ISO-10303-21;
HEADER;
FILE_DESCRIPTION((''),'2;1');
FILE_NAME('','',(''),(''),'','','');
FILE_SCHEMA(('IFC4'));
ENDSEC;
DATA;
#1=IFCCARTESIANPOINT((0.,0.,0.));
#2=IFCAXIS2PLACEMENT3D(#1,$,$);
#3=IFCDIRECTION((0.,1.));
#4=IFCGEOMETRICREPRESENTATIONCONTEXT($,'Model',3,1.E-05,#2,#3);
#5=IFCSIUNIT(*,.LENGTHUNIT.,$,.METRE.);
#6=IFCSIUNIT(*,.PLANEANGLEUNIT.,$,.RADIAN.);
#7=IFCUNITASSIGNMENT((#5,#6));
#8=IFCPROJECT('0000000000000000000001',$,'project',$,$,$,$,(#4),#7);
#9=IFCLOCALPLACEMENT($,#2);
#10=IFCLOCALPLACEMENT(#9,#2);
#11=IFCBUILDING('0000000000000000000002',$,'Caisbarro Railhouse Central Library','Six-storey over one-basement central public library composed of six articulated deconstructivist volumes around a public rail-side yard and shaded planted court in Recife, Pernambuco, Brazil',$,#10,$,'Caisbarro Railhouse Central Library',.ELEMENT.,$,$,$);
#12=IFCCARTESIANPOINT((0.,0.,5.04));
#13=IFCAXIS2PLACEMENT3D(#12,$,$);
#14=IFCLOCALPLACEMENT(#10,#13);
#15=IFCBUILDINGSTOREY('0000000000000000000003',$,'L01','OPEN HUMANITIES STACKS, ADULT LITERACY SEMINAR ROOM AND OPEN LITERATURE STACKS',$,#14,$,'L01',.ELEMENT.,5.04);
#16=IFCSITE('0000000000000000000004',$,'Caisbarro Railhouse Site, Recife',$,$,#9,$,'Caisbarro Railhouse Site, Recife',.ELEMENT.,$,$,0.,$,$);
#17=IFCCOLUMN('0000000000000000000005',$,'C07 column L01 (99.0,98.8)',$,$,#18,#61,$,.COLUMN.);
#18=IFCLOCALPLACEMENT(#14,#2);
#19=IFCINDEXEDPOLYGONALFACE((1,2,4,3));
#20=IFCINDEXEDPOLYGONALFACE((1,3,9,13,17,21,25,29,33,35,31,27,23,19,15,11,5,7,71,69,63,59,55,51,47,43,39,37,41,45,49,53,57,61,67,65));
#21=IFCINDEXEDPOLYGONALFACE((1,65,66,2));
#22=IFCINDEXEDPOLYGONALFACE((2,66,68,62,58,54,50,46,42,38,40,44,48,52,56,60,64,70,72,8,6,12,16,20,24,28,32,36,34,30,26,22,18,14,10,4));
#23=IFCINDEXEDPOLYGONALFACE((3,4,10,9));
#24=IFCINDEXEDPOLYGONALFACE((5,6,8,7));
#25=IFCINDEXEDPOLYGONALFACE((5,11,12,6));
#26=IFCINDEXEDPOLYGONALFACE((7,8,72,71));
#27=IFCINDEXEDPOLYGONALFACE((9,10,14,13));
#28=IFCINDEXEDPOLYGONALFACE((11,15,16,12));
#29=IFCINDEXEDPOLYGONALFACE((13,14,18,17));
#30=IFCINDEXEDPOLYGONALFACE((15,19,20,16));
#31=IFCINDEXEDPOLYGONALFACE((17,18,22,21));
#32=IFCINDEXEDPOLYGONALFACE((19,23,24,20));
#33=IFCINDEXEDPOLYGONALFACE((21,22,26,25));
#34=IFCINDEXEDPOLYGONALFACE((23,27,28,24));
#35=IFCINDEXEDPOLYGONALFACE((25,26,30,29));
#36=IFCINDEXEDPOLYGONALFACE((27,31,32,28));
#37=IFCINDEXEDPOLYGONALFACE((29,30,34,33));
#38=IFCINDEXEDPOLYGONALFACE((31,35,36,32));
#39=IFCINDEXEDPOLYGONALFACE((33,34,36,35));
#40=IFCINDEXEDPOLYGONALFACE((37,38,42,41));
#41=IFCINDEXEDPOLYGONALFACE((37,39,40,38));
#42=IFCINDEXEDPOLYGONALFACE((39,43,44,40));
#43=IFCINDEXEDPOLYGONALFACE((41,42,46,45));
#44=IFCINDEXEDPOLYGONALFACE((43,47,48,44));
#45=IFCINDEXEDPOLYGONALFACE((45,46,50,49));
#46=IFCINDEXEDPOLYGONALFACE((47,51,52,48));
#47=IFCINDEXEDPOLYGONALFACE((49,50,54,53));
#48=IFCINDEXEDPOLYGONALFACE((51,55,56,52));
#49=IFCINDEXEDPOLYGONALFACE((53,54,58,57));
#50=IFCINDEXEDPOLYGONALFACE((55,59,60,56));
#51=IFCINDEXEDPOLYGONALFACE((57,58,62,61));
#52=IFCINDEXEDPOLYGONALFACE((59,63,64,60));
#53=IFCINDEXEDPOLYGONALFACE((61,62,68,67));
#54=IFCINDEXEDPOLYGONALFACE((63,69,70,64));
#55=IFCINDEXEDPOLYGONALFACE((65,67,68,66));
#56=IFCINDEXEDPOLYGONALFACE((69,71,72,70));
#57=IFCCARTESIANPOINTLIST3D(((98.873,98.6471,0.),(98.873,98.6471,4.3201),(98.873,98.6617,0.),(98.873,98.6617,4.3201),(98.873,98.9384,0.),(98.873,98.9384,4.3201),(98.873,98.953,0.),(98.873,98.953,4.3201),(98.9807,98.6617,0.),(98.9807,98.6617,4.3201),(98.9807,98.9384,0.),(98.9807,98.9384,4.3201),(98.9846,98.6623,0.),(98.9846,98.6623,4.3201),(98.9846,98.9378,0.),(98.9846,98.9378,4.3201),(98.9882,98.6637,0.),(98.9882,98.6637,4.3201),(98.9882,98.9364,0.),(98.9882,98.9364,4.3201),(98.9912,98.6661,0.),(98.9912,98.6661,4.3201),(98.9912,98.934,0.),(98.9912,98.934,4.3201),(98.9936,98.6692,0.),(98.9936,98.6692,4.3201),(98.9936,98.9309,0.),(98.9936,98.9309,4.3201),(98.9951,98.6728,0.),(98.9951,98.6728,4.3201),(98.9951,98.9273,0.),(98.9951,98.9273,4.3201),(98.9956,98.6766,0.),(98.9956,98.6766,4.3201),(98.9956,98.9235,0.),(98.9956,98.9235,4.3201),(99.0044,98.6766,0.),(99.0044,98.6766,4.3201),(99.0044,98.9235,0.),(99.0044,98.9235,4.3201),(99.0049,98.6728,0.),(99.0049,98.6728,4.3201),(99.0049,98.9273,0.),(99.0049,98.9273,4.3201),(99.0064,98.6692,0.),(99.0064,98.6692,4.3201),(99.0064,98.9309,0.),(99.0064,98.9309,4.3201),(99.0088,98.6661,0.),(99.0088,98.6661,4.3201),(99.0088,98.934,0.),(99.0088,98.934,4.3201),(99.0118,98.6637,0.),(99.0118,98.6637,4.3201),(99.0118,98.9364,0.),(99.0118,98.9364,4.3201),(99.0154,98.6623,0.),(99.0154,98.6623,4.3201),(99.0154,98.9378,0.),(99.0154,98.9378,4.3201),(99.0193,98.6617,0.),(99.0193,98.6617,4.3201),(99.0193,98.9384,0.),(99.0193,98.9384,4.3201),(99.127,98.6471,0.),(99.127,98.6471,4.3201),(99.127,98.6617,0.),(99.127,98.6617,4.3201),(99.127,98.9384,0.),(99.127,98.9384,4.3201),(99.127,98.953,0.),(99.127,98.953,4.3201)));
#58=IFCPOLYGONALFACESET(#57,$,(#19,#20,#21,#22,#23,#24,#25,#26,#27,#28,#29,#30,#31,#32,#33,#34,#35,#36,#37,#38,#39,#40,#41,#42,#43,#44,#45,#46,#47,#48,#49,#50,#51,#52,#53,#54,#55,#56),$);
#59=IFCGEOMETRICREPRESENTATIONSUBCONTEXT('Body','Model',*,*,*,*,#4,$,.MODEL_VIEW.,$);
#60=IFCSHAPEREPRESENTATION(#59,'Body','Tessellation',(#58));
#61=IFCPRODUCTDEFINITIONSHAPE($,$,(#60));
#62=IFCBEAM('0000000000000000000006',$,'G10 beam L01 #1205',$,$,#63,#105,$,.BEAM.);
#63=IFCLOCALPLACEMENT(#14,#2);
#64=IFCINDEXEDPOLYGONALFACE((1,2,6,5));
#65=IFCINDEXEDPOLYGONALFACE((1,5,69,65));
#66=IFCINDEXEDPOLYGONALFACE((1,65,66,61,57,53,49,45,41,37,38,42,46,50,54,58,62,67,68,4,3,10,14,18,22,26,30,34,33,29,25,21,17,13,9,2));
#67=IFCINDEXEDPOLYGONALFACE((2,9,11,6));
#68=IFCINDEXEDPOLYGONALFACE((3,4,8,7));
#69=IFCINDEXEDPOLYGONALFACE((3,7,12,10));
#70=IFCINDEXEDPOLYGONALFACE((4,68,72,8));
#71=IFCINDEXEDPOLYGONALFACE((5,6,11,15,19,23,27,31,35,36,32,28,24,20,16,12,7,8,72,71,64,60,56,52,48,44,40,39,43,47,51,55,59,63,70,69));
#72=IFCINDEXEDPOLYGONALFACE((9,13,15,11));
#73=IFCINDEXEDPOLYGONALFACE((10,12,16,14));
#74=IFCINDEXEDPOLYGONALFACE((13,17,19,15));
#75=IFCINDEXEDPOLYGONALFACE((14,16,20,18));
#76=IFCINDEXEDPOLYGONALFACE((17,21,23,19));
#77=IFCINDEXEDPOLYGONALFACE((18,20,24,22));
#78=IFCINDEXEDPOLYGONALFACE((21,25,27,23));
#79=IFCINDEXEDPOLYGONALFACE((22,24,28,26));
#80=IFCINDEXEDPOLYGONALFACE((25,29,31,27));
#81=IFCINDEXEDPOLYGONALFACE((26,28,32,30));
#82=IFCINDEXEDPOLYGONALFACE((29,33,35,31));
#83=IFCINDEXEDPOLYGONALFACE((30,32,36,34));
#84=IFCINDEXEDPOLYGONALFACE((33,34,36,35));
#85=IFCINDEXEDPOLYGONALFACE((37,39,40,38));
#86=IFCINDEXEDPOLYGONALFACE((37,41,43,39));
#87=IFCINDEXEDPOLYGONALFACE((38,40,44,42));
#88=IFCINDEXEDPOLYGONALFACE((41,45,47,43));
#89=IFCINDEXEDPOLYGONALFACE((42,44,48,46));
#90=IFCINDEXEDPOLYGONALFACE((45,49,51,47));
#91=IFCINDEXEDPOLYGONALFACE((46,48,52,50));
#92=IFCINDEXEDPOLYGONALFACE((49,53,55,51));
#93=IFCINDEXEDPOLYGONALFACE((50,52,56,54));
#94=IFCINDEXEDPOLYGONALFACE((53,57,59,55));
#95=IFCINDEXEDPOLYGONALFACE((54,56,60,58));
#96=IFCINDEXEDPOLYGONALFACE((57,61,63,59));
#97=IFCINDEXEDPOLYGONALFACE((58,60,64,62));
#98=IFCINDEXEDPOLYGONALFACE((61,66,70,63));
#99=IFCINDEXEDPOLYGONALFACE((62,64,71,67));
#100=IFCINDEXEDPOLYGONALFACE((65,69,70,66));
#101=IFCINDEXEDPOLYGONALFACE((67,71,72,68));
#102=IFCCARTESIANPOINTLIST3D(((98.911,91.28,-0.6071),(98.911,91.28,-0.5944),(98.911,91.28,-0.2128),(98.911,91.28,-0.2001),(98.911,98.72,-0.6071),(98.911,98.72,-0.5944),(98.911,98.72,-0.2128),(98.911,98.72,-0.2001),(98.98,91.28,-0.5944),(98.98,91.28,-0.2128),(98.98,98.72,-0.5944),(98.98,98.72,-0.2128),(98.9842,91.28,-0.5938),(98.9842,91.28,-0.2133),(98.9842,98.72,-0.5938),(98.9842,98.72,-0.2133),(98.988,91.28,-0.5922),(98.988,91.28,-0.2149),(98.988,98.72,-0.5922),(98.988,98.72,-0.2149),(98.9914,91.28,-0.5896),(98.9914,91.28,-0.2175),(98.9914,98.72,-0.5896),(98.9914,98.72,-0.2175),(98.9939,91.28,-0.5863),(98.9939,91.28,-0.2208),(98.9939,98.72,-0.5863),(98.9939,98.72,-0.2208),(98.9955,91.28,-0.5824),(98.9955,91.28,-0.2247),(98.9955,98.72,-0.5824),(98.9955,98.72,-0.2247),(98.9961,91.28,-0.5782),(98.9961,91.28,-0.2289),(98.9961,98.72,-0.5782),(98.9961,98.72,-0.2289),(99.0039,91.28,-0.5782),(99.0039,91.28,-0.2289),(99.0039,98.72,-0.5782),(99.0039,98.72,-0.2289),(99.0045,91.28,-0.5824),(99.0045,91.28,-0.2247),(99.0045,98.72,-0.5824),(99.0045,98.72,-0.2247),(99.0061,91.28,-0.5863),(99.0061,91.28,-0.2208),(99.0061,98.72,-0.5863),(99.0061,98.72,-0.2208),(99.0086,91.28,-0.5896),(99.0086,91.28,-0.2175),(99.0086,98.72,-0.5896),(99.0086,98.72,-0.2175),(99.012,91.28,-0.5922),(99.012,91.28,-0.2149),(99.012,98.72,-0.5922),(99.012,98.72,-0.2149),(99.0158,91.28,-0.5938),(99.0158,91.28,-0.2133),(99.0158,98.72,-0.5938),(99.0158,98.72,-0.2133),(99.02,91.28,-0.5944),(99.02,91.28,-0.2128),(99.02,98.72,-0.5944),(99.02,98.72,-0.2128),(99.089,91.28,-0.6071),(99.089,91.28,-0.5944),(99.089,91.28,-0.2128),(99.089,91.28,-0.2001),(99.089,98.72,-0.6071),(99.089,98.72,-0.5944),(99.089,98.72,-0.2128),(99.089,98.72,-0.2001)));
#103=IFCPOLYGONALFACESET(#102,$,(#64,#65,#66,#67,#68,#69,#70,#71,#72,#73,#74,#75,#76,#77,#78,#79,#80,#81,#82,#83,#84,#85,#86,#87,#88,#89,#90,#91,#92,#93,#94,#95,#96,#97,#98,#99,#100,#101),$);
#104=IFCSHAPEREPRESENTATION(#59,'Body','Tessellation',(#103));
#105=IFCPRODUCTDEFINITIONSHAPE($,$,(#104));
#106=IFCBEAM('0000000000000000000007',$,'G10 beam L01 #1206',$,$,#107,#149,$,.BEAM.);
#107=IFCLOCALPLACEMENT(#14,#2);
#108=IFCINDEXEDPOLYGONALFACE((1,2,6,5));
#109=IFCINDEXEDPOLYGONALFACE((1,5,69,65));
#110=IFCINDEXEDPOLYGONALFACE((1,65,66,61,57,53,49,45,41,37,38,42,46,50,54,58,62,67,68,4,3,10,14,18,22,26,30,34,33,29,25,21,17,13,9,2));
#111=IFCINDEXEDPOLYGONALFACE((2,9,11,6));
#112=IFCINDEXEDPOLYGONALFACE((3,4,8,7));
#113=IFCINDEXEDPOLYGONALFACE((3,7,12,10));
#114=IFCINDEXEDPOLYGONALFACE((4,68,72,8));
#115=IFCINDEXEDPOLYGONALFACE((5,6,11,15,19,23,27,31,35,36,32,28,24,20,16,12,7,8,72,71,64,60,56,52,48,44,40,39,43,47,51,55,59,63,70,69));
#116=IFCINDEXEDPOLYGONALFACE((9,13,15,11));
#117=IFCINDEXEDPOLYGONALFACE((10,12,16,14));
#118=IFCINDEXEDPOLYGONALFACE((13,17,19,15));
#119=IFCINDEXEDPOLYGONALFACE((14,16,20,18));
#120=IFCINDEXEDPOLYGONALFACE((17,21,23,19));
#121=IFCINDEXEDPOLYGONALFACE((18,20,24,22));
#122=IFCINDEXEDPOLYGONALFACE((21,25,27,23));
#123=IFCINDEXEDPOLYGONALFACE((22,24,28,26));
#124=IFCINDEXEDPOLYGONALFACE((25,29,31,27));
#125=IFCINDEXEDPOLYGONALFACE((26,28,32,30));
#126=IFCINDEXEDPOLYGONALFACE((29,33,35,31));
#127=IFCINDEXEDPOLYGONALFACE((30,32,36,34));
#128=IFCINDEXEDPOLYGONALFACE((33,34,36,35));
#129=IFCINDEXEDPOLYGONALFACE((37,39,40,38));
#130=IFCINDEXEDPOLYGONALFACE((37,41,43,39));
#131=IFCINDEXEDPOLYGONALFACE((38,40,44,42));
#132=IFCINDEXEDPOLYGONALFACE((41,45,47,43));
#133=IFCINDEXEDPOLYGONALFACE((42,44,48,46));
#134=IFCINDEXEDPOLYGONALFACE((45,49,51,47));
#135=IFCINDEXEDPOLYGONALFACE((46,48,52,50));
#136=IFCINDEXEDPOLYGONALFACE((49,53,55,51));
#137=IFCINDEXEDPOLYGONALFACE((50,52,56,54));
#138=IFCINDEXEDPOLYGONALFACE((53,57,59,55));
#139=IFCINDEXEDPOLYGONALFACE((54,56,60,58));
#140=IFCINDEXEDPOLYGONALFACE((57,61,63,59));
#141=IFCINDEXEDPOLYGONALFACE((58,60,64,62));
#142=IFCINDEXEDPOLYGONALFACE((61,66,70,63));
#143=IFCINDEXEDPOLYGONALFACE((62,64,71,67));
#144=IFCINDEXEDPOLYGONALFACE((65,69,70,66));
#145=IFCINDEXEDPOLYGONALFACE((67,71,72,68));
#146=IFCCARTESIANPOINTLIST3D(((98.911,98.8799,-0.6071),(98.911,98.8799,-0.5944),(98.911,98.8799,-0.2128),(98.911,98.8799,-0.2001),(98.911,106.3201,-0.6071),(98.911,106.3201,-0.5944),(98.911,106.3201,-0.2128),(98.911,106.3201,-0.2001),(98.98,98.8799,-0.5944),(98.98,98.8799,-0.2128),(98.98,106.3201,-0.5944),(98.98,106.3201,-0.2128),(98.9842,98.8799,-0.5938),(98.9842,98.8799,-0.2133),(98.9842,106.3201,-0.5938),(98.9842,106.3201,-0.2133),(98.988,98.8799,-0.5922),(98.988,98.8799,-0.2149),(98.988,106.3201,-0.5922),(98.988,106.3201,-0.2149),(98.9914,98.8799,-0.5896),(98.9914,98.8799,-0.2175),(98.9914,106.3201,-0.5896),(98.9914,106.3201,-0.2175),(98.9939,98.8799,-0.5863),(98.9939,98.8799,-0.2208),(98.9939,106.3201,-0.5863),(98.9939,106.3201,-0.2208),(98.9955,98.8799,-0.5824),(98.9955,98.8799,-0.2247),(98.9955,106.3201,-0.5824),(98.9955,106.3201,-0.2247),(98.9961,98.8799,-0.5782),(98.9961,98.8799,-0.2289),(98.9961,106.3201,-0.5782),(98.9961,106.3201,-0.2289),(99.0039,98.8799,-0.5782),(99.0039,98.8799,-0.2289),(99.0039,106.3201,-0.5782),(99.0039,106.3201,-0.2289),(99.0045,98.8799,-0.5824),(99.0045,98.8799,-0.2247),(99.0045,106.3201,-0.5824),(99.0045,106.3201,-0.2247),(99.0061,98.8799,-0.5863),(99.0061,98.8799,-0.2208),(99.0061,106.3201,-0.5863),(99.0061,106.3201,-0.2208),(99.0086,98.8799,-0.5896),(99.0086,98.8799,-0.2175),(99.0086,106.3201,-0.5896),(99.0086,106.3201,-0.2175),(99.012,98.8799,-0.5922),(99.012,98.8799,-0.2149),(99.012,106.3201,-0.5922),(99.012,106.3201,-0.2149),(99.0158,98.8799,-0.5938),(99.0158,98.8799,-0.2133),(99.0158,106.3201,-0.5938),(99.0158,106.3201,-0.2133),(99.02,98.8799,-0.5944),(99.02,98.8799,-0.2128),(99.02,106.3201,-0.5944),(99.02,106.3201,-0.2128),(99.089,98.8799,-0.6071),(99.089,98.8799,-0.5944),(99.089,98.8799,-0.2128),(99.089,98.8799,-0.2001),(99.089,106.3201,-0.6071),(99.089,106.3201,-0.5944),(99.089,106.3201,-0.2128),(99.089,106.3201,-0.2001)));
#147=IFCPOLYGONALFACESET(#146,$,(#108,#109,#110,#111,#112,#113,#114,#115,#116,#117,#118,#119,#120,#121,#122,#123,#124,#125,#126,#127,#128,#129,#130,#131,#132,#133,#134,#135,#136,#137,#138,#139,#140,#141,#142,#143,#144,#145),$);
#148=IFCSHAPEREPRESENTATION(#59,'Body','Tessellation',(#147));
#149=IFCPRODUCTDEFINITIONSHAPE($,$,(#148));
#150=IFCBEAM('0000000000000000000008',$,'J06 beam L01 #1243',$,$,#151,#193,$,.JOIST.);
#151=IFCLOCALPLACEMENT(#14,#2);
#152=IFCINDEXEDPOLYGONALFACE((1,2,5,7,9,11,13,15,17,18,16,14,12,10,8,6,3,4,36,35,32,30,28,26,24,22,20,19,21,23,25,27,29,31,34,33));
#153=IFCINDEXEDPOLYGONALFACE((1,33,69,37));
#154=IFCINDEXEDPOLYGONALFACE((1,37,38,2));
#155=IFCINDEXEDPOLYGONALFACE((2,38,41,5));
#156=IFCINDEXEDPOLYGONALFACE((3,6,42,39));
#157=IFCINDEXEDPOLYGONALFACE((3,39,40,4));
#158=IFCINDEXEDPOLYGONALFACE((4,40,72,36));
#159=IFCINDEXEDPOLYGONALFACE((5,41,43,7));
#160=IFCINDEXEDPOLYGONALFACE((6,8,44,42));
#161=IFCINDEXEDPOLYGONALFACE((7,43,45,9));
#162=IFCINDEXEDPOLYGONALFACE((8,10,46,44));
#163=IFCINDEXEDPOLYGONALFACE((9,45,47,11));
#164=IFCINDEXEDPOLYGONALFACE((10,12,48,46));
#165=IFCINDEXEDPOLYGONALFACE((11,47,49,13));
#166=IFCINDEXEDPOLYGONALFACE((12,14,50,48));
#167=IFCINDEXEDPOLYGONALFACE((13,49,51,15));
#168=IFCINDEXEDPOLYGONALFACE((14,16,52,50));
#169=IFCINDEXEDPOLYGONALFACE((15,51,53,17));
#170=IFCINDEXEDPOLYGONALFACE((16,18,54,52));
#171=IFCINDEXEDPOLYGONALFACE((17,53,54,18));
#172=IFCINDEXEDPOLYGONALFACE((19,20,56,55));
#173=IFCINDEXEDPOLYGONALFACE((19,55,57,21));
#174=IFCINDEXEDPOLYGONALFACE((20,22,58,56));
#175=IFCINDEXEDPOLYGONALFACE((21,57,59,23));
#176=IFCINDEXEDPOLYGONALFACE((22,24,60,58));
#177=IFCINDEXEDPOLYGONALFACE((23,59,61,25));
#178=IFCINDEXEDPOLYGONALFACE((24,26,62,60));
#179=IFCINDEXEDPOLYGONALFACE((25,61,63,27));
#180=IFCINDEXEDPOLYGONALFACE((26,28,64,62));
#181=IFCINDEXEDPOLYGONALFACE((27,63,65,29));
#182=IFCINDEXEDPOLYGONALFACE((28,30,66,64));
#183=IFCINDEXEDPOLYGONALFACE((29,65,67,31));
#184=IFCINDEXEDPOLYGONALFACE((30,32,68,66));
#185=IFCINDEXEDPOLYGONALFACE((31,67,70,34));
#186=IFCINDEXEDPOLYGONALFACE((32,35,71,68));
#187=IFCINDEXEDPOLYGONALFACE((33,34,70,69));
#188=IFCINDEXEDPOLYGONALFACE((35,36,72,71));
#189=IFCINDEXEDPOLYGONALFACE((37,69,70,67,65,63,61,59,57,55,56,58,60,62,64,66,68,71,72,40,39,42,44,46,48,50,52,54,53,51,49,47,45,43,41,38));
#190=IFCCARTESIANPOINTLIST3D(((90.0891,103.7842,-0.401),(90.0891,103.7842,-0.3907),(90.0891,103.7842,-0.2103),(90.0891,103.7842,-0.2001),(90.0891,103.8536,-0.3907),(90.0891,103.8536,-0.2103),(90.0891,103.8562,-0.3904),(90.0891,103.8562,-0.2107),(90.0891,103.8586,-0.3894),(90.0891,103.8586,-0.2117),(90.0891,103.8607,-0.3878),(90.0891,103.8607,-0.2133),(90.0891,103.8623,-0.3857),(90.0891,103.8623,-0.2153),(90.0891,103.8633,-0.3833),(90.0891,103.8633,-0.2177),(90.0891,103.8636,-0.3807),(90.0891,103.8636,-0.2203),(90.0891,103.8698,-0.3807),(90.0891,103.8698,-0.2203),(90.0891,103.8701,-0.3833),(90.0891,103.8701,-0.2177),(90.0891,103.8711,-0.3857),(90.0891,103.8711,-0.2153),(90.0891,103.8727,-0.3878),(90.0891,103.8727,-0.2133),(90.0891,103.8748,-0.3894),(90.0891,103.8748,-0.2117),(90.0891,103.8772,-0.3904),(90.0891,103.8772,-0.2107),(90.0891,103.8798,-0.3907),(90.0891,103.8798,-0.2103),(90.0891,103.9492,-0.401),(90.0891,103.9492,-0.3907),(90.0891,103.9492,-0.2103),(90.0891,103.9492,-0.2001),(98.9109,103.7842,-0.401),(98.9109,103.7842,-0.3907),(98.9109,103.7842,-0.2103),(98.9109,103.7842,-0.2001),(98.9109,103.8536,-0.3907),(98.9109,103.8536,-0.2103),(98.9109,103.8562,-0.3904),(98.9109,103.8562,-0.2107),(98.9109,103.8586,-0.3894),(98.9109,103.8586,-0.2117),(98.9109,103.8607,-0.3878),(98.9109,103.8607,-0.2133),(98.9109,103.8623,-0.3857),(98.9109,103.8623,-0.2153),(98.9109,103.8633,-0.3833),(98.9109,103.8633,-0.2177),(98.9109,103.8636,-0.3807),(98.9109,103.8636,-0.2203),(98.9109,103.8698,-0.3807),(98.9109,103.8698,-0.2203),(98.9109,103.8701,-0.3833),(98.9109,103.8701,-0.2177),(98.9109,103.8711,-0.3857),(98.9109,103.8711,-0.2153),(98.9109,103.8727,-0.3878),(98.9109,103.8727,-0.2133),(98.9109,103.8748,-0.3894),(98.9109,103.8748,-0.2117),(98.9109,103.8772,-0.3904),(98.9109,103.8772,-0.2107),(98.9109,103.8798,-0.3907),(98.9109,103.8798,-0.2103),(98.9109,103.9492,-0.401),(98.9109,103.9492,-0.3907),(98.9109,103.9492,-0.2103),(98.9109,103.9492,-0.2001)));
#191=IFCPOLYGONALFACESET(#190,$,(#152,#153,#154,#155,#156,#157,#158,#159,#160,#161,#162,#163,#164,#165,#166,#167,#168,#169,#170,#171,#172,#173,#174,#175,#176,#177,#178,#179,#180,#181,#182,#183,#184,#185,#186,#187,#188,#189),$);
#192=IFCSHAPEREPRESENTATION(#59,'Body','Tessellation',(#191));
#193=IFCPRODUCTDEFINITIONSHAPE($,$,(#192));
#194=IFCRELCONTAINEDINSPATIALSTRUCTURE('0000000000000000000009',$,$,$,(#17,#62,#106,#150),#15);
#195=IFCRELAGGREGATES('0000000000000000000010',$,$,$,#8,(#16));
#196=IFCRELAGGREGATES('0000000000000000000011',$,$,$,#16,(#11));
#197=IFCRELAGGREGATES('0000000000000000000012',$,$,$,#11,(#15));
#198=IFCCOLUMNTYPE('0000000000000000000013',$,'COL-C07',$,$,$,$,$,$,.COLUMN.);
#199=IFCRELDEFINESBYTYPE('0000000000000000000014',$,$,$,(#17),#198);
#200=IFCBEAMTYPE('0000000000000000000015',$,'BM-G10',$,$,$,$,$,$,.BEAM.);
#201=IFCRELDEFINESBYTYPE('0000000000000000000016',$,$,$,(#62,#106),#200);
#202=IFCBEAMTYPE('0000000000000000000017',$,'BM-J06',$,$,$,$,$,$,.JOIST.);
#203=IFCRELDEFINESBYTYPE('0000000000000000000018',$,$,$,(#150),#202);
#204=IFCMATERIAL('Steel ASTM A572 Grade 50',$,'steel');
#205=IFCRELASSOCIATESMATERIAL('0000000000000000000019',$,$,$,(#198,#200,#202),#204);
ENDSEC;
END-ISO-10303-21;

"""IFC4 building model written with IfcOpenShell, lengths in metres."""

from ifc_helpers import new_model, si_unit, direction, frame, origin, origin_2d, place, context, subcontext, project, spatial, i_section, extrude, material, material_profile, profile_set, type_object, element, save


model = new_model("IFC4")

# Units and contexts
model_context = context("Model", 3, precision=1e-05, world=origin(), true_north=direction((0.0, 1.0)))
body_context = subcontext(model_context, "Body", "Model", "MODEL_VIEW")
ifc_project = project(units=[si_unit("LENGTHUNIT", "METRE"), si_unit("PLANEANGLEUNIT", "RADIAN")], contexts=[model_context])

# Site, building, storey
site_placement = place(None, origin())
site = spatial("IfcSite", under=ifc_project, at=site_placement, Name="Caisbarro Railhouse Site, Recife", LongName="Caisbarro Railhouse Site, Recife", CompositionType="ELEMENT", RefElevation=0.0)
building_placement = place(site_placement, origin())
building = spatial("IfcBuilding", under=site, at=building_placement, Name="Caisbarro Railhouse Central Library", Description="Six-storey over one-basement central public library composed of six articulated deconstructivist volumes around a public rail-side yard and shaded planted court in Recife, Pernambuco, Brazil", LongName="Caisbarro Railhouse Central Library", CompositionType="ELEMENT")
storey_placement = place(building_placement, frame((0.0, 0.0, 5.04)))
storey = spatial("IfcBuildingStorey", under=building, at=storey_placement, Name="L01", Description="OPEN HUMANITIES STACKS, ADULT LITERACY SEMINAR ROOM AND OPEN LITERATURE STACKS", LongName="L01", CompositionType="ELEMENT", Elevation=5.04)

# Column
ifc_material_1 = material(Name="Steel ASTM A572 Grade 50", Category="steel")
ifc_material_profile_1 = material_profile(ifc_material_1, i_section(OverallWidth=0.2539, OverallDepth=0.3059, WebThickness=0.0088, FlangeThickness=0.0146, FilletRadius=0.0149, at=origin_2d()), Name="W310X79.0")
ifc_profile_set_1 = profile_set([ifc_material_profile_1], Name="Steel ASTM A572 Grade 50")
column_type = type_object("IfcColumnType", Name="COL-C07", PredefinedType="COLUMN", material=ifc_profile_set_1)
column_placement = place(storey_placement, frame((99.0, 98.8, 0.0), z_axis=(0.0, 0.0, 1.0), x_axis=(1.0, 0.0, 0.0)))
element("IfcColumn", 1, at=column_placement, inside=storey, type_object=column_type, Name="C07 column L01 (99.0,98.8)", PredefinedType="COLUMN", context=body_context, shape_type="SweptSolid", body=[
    extrude(i_section(OverallWidth=0.2539, OverallDepth=0.3059, WebThickness=0.0088, FlangeThickness=0.0146, FilletRadius=0.0149, at=origin_2d()), origin(), (0.0, 0.0, 1.0), 4.3201),
])

# Beams
ifc_material_profile_2 = material_profile(ifc_material_1, i_section(OverallWidth=0.178, OverallDepth=0.407, WebThickness=0.0078, FlangeThickness=0.0127, FilletRadius=0.0161, at=origin_2d()), Name="W410X60.0")
ifc_profile_set_2 = profile_set([ifc_material_profile_2], Name="Steel ASTM A572 Grade 50")
beam_type_1 = type_object("IfcBeamType", Name="BM-G10", PredefinedType="BEAM", material=ifc_profile_set_2)
beam_1_placement = place(storey_placement, frame((99.0, 91.28, -0.4036), z_axis=(0.0, 1.0, 0.0), x_axis=(-1.0, 0.0, 0.0)))
element("IfcBeam", 2, at=beam_1_placement, inside=storey, type_object=beam_type_1, Name="G10 beam L01 #1205", PredefinedType="BEAM", context=body_context, shape_type="SweptSolid", body=[
    extrude(i_section(OverallWidth=0.178, OverallDepth=0.407, WebThickness=0.0078, FlangeThickness=0.0127, FilletRadius=0.0161, at=origin_2d()), origin(), (0.0, 0.0, 1.0), 7.4399),
])
beam_2_placement = place(storey_placement, frame((99.0, 98.8799, -0.4036), z_axis=(0.0, 1.0, 0.0), x_axis=(-1.0, 0.0, 0.0)))
element("IfcBeam", 3, at=beam_2_placement, inside=storey, type_object=beam_type_1, Name="G10 beam L01 #1206", PredefinedType="BEAM", context=body_context, shape_type="SweptSolid", body=[
    extrude(i_section(OverallWidth=0.178, OverallDepth=0.407, WebThickness=0.0078, FlangeThickness=0.0127, FilletRadius=0.0161, at=origin_2d()), origin(), (0.0, 0.0, 1.0), 7.4402),
])
ifc_material_profile_3 = material_profile(ifc_material_1, i_section(OverallWidth=0.165, OverallDepth=0.2009, WebThickness=0.0061, FlangeThickness=0.0103, FilletRadius=0.01, at=origin_2d()), Name="W200X35.9")
ifc_profile_set_3 = profile_set([ifc_material_profile_3], Name="Steel ASTM A572 Grade 50")
beam_type_2 = type_object("IfcBeamType", Name="BM-J06", PredefinedType="JOIST", material=ifc_profile_set_3)
beam_3_placement = place(storey_placement, frame((90.0891, 103.8667, -0.3005), z_axis=(1.0, 0.0, 0.0), x_axis=(0.0, 1.0, 0.0)))
element("IfcBeam", 4, at=beam_3_placement, inside=storey, type_object=beam_type_2, Name="J06 beam L01 #1243", PredefinedType="JOIST", context=body_context, shape_type="SweptSolid", body=[
    extrude(i_section(OverallWidth=0.165, OverallDepth=0.2009, WebThickness=0.0061, FlangeThickness=0.0103, FilletRadius=0.01, at=origin_2d()), origin(), (0.0, 0.0, 1.0), 8.8218),
])

save(model, "model.ifc")
